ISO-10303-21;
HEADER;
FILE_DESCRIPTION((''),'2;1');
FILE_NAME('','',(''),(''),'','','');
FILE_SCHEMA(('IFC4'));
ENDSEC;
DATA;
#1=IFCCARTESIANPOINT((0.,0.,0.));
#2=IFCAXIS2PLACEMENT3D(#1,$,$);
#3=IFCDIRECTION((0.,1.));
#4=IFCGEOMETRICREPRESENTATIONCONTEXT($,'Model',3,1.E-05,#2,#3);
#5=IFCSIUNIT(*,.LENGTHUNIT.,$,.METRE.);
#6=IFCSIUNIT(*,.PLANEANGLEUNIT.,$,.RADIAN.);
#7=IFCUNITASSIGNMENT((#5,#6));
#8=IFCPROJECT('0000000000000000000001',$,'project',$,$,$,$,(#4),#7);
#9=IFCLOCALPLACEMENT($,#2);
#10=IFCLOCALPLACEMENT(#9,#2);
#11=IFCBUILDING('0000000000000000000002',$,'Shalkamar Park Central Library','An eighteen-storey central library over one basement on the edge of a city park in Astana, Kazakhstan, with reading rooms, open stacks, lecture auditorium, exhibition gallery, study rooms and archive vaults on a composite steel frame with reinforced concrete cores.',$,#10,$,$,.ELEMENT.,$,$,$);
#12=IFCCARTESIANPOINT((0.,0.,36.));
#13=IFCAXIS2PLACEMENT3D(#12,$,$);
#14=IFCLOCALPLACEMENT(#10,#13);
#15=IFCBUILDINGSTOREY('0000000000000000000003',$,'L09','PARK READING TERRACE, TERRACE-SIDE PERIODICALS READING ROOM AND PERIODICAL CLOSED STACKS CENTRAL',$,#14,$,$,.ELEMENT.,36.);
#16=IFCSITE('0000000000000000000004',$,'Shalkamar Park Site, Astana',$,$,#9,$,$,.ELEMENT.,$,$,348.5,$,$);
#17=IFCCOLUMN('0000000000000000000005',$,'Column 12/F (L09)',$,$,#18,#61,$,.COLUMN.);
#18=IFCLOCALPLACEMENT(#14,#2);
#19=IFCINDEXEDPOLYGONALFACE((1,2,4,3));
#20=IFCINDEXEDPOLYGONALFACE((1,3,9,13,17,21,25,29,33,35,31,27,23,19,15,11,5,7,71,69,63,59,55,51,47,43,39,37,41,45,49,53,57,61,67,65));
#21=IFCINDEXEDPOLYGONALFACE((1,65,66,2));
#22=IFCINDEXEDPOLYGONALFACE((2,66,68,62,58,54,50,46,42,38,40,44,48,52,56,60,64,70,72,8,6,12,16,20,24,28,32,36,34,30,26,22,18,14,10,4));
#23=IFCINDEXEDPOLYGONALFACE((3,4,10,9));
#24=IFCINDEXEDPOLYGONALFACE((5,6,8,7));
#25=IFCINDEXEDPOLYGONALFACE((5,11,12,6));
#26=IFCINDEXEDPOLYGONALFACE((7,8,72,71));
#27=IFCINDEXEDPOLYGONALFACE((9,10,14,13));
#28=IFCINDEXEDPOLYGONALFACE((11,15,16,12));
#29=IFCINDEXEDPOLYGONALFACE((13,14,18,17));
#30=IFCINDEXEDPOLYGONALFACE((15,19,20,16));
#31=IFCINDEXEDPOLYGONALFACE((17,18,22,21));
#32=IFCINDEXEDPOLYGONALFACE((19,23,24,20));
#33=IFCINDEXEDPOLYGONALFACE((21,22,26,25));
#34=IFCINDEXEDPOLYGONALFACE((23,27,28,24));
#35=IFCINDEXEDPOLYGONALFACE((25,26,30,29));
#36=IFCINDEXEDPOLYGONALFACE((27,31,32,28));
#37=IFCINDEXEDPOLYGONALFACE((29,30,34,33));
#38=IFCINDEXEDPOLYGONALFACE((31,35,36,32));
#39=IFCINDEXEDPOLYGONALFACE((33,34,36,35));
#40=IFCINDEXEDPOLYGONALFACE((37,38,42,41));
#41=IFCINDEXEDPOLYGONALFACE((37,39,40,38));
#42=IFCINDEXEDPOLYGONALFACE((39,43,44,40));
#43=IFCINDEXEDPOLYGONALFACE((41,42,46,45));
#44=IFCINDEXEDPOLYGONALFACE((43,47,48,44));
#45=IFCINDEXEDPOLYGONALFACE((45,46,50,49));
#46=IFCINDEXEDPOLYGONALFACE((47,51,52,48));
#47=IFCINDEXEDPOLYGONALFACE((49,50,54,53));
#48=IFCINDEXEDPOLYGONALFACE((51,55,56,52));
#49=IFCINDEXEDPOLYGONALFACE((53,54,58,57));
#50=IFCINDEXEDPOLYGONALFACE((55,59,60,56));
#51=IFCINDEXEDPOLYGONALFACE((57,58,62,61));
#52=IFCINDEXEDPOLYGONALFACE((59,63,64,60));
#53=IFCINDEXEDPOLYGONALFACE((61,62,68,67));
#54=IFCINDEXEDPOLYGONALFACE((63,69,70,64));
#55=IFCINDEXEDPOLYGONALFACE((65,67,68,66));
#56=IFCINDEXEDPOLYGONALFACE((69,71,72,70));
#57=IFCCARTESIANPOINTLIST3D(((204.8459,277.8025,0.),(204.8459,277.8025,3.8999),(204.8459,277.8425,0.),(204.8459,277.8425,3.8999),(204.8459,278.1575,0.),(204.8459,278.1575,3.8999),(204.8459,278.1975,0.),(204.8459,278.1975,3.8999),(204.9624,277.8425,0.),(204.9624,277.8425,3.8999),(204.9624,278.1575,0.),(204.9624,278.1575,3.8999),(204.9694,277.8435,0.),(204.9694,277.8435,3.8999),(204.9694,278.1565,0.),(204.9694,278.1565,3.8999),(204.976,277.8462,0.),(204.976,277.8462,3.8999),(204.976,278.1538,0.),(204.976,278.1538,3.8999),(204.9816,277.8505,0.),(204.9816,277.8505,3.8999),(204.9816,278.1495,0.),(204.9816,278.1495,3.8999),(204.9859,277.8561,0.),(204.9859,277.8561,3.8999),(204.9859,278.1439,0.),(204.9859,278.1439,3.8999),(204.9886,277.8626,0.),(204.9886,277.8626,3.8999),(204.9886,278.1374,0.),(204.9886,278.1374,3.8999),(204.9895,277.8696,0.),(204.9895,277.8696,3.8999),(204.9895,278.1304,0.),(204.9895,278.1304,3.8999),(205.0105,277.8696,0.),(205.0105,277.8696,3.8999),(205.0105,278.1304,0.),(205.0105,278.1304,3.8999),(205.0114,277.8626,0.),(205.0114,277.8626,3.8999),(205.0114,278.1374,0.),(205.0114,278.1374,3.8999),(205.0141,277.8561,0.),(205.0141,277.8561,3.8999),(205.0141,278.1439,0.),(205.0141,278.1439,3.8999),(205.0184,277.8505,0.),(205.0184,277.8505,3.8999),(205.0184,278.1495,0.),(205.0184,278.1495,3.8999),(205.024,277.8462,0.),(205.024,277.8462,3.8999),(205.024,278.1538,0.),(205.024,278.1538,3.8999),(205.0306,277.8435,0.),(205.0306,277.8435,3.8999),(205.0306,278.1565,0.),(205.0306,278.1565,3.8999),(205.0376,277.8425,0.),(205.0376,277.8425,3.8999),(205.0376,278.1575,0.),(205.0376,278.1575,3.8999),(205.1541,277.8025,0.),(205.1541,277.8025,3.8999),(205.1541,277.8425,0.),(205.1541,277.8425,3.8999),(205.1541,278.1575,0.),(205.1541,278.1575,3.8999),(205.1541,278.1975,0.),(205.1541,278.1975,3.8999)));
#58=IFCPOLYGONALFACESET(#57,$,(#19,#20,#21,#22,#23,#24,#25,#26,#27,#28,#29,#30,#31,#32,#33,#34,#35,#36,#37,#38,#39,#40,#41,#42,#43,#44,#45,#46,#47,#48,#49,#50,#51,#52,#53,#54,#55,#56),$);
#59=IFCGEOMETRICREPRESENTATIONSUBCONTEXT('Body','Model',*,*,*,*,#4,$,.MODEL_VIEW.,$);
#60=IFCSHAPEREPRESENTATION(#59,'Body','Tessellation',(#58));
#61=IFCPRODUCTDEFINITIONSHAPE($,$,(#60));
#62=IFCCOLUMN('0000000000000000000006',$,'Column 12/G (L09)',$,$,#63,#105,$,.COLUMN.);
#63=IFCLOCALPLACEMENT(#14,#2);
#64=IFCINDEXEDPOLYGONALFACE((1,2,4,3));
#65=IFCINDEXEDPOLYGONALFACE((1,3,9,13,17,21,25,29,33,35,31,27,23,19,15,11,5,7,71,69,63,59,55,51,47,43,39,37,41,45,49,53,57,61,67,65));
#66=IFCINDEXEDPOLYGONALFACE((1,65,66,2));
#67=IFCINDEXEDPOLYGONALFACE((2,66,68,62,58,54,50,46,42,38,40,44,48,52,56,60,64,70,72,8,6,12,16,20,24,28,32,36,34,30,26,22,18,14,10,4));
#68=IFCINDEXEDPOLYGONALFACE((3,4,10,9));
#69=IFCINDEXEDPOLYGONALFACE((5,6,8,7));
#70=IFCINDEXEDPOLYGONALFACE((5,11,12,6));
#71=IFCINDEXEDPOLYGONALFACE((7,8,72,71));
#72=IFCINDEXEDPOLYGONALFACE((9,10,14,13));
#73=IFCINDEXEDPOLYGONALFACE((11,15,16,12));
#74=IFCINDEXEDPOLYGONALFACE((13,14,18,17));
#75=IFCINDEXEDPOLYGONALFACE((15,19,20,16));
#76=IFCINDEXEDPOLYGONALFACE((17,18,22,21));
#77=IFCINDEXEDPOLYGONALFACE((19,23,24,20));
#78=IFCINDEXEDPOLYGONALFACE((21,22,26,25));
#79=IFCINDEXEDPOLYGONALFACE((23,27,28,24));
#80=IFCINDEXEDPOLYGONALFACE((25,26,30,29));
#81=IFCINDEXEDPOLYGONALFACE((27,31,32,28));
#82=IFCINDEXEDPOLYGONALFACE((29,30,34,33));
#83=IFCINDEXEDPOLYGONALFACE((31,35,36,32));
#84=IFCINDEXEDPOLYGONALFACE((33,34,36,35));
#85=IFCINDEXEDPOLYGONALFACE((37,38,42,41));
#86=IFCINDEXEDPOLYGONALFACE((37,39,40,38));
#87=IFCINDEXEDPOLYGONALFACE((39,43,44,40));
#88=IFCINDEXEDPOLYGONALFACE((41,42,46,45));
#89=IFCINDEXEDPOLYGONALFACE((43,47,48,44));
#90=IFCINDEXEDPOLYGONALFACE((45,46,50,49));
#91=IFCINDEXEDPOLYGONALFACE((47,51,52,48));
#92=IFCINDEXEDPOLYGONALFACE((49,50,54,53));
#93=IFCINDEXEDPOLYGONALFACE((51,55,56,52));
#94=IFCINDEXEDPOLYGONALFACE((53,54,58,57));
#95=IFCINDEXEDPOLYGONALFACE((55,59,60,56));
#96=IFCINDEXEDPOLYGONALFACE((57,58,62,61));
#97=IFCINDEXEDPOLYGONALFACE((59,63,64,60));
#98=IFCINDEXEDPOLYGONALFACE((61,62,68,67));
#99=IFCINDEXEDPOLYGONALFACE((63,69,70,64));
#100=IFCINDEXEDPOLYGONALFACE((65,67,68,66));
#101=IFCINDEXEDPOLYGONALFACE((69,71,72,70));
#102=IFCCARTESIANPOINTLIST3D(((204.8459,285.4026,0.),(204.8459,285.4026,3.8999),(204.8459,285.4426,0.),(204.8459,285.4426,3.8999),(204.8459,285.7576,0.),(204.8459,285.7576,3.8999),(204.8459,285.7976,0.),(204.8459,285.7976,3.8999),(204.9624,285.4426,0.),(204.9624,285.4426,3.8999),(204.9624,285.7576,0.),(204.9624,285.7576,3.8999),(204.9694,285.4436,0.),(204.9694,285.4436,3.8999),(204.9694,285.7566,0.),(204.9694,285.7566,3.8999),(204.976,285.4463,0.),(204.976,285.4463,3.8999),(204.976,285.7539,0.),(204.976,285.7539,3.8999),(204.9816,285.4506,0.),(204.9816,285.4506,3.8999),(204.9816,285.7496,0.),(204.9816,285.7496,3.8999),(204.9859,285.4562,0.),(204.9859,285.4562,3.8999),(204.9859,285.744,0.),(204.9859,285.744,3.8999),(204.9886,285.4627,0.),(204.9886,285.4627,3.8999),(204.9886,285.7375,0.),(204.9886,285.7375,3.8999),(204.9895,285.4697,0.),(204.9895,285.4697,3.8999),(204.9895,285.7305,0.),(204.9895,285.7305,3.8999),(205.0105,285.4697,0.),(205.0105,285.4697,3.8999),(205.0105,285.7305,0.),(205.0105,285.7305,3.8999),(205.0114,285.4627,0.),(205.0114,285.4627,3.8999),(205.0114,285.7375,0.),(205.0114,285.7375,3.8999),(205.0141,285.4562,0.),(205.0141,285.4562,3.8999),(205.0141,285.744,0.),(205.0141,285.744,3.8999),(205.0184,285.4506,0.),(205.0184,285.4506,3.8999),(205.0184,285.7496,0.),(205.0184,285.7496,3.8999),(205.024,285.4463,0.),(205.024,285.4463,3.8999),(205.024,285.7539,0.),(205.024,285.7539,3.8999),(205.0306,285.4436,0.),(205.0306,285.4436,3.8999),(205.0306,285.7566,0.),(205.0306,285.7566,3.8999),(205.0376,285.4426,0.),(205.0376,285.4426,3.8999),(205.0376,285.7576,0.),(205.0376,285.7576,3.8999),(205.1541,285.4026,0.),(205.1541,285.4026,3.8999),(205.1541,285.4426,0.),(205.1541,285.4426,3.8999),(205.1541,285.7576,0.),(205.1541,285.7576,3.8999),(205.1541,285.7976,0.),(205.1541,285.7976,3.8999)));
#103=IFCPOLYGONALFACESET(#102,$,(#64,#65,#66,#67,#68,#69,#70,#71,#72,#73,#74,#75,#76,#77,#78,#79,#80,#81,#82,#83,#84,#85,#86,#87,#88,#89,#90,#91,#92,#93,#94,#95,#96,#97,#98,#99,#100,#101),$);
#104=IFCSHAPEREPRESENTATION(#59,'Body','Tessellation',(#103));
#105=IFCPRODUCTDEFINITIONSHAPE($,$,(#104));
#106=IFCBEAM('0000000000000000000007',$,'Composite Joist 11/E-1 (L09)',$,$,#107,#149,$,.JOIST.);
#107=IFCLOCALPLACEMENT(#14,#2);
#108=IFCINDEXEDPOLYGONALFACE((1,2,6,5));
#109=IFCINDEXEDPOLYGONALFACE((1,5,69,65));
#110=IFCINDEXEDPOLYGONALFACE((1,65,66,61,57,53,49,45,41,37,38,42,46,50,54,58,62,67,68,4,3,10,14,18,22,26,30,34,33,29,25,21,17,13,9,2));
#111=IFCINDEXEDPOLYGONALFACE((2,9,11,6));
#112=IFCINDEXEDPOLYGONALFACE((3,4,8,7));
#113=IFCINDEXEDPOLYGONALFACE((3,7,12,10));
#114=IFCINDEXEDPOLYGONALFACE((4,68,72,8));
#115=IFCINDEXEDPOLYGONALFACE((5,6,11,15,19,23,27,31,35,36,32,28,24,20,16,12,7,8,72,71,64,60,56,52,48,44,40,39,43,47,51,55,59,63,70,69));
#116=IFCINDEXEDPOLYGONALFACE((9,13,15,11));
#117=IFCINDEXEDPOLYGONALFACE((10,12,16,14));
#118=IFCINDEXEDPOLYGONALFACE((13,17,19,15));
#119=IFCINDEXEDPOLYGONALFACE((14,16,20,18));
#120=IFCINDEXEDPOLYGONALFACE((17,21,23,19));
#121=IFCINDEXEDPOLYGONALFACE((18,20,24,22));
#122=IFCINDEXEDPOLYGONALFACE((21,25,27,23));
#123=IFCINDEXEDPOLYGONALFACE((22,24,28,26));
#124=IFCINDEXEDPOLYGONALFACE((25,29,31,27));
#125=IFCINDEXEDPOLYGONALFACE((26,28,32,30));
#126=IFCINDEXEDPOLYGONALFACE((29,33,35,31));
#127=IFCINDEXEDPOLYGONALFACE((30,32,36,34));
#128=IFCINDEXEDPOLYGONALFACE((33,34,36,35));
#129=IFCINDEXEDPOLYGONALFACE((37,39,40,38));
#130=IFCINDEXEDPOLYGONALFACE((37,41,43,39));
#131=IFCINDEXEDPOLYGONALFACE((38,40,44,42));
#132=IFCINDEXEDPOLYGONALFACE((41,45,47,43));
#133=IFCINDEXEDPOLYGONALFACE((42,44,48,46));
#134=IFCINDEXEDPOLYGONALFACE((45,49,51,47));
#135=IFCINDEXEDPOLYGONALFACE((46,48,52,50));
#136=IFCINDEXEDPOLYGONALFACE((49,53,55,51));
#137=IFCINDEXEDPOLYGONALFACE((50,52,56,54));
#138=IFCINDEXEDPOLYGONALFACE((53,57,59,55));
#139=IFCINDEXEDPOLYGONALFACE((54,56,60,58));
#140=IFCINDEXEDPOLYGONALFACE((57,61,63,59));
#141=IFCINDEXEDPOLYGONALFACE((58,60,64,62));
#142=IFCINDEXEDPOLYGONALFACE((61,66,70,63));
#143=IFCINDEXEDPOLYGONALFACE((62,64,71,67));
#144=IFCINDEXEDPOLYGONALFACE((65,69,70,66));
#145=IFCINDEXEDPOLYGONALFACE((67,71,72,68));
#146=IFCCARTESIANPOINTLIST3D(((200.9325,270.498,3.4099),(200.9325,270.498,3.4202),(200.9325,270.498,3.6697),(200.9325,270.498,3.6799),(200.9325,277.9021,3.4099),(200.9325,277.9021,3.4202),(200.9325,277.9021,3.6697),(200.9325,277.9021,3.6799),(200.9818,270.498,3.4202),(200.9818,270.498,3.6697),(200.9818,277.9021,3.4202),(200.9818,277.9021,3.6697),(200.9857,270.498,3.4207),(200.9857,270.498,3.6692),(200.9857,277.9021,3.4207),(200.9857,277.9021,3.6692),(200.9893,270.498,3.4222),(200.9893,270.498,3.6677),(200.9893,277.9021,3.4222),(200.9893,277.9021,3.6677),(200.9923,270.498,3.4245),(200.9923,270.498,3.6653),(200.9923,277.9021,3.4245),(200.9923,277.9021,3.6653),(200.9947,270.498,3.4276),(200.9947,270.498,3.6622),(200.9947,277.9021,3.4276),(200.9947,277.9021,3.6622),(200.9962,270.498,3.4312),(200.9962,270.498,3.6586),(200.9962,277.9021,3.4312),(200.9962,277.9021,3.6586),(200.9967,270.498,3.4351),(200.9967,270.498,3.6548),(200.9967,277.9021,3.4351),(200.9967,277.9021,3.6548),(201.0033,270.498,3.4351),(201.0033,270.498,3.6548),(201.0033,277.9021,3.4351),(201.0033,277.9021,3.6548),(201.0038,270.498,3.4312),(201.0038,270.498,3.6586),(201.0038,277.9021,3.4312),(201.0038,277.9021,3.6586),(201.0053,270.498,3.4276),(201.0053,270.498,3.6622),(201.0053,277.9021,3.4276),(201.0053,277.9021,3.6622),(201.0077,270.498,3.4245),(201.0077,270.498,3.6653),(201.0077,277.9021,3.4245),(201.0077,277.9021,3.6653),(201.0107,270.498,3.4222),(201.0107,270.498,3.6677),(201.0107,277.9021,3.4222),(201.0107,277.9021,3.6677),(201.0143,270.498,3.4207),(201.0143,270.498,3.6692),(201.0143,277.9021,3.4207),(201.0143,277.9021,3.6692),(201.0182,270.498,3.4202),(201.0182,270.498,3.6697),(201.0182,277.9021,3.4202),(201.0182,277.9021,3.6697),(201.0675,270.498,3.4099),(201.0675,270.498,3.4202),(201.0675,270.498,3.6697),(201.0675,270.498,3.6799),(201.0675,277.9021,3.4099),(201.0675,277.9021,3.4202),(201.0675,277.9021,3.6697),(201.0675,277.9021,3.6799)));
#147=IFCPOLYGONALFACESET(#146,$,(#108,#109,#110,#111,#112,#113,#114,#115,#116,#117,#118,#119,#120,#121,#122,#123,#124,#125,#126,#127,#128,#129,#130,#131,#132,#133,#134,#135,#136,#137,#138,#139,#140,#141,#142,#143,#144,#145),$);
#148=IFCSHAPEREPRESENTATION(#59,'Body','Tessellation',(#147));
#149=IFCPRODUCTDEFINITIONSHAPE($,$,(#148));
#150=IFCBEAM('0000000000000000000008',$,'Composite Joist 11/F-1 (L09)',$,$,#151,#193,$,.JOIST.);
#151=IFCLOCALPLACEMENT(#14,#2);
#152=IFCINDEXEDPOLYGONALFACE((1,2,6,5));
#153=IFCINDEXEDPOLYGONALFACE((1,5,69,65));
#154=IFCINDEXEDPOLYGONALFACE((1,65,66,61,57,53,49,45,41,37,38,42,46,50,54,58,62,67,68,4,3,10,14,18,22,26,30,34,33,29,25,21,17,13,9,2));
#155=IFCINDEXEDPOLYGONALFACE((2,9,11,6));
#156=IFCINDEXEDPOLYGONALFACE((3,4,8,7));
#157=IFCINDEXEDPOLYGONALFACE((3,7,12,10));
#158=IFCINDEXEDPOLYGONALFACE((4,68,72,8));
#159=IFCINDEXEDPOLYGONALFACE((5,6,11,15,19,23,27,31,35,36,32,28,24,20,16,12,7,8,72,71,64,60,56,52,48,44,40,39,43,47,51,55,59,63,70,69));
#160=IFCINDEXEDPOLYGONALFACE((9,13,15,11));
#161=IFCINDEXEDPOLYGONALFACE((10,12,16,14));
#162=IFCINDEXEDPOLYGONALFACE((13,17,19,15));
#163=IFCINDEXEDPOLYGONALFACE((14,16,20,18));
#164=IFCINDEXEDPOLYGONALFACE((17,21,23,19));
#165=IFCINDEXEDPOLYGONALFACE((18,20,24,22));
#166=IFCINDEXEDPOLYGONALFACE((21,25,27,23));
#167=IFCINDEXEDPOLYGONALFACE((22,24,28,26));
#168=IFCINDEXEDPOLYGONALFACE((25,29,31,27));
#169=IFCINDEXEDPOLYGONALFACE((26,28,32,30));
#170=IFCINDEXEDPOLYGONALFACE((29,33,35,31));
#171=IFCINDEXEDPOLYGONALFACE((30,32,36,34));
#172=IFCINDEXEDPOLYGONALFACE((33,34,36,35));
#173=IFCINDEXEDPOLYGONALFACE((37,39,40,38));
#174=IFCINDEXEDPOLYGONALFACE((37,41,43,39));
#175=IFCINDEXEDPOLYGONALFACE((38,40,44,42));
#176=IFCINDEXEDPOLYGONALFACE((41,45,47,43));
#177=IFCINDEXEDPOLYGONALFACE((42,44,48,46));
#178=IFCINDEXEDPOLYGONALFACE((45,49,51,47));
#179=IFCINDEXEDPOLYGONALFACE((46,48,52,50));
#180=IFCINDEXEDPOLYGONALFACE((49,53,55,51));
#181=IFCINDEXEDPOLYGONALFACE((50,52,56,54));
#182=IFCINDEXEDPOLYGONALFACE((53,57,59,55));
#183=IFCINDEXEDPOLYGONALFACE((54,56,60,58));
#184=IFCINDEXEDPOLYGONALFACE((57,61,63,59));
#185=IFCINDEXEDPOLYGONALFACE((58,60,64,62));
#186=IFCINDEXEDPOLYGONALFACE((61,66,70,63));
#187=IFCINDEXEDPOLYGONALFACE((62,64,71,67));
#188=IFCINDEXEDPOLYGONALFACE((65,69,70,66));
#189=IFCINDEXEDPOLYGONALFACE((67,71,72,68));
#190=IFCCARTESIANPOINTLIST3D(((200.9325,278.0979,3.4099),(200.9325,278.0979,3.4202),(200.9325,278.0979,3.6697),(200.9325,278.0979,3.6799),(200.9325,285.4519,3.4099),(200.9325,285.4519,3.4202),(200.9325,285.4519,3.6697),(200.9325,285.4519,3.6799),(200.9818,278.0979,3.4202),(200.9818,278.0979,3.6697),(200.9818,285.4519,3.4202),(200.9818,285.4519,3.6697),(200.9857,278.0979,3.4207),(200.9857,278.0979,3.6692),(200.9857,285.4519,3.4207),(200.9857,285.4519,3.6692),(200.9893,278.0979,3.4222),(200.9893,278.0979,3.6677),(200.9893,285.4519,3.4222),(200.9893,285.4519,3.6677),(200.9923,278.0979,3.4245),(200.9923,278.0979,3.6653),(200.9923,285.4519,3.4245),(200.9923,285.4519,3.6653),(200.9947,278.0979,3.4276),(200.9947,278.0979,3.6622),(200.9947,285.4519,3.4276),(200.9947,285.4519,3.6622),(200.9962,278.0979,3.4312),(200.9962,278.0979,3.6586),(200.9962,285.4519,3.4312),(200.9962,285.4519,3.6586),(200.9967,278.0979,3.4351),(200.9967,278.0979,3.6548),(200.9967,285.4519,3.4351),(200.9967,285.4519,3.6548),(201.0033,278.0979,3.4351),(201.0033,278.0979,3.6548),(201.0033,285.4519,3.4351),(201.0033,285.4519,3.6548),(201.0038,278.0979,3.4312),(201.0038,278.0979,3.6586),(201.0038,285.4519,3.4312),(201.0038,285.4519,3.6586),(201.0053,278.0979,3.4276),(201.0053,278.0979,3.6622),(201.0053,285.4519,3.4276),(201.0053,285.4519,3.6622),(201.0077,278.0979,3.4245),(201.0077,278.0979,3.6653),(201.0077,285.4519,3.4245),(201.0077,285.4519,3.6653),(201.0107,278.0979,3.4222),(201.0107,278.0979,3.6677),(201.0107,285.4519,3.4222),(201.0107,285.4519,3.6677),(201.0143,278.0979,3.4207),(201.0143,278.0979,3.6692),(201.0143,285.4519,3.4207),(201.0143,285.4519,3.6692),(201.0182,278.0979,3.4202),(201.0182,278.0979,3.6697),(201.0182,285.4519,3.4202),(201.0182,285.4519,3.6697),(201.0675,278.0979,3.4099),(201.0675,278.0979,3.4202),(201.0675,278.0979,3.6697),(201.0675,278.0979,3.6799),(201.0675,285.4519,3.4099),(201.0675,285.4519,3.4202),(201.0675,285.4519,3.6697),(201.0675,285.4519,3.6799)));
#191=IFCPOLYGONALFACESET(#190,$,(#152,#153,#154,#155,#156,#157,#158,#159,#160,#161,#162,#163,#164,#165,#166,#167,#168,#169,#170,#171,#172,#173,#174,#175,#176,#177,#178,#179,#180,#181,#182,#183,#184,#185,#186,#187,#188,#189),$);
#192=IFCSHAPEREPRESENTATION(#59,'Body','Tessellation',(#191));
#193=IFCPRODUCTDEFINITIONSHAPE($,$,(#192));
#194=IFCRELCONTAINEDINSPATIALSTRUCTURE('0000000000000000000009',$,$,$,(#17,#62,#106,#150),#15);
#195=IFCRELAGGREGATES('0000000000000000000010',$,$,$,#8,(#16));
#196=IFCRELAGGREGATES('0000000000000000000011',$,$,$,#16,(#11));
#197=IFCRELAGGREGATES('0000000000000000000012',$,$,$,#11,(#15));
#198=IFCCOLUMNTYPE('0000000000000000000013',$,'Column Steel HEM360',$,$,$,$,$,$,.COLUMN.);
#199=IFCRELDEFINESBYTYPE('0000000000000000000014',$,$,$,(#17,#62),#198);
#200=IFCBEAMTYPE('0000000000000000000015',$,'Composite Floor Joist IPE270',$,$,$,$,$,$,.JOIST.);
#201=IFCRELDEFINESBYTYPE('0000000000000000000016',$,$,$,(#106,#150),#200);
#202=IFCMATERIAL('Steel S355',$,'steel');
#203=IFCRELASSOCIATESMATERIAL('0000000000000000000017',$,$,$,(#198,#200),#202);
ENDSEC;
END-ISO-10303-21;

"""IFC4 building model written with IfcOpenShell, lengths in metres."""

from ifc_helpers import new_model, si_unit, direction, frame, origin, origin_2d, place, context, subcontext, project, spatial, i_section, extrude, material, material_profile, profile_set, type_object, element, save


model = new_model("IFC4")

# Units and contexts
model_context = context("Model", 3, precision=1e-05, world=origin(), true_north=direction((0.0, 1.0)))
body_context = subcontext(model_context, "Body", "Model", "MODEL_VIEW")
ifc_project = project(units=[si_unit("LENGTHUNIT", "METRE"), si_unit("PLANEANGLEUNIT", "RADIAN")], contexts=[model_context])

# Site, building, storey
site_placement = place(None, origin())
site = spatial("IfcSite", under=ifc_project, at=site_placement, Name="Shalkamar Park Site, Astana", CompositionType="ELEMENT", RefElevation=348.5)
building_placement = place(site_placement, origin())
building = spatial("IfcBuilding", under=site, at=building_placement, Name="Shalkamar Park Central Library", Description="An eighteen-storey central library over one basement on the edge of a city park in Astana, Kazakhstan, with reading rooms, open stacks, lecture auditorium, exhibition gallery, study rooms and archive vaults on a composite steel frame with reinforced concrete cores.", CompositionType="ELEMENT")
storey_placement = place(building_placement, frame((0.0, 0.0, 36.0)))
storey = spatial("IfcBuildingStorey", under=building, at=storey_placement, Name="L09", Description="PARK READING TERRACE, TERRACE-SIDE PERIODICALS READING ROOM AND PERIODICAL CLOSED STACKS CENTRAL", CompositionType="ELEMENT", Elevation=36.0)

# Columns
ifc_material_1 = material(Name="Steel S355", Category="steel")
ifc_material_profile_1 = material_profile(ifc_material_1, i_section(OverallWidth=0.3081, OverallDepth=0.395, WebThickness=0.021, FlangeThickness=0.04, FilletRadius=0.0271, at=origin_2d()), Name="HEM 360")
ifc_profile_set_1 = profile_set([ifc_material_profile_1], Name="Steel S355")
column_type = type_object("IfcColumnType", Name="Column Steel HEM360", PredefinedType="COLUMN", material=ifc_profile_set_1)
for number, where, z_axis, x_axis, name in (
    (1, (205.0, 278.0, 0.0), (0.0, 0.0, 1.0), (1.0, 0.0, 0.0), "Column 12/F (L09)"),
    (2, (205.0, 285.6001, 0.0), (0.0, 0.0, 1.0), (1.0, 0.0, 0.0), "Column 12/G (L09)"),
):
    element("IfcColumn", number, at=place(storey_placement, frame(where, z_axis=z_axis, x_axis=x_axis)), inside=storey, type_object=column_type, Name=name, PredefinedType="COLUMN", context=body_context, shape_type="SweptSolid", body=[
        extrude(i_section(OverallWidth=0.3081, OverallDepth=0.395, WebThickness=0.021, FlangeThickness=0.04, FilletRadius=0.0271, at=origin_2d()), origin(), (0.0, 0.0, 1.0), 3.8999),
    ])

# Beams
ifc_material_profile_2 = material_profile(ifc_material_1, i_section(OverallWidth=0.135, OverallDepth=0.27, WebThickness=0.0066, FlangeThickness=0.0103, FilletRadius=0.0149, at=origin_2d()), Name="IPE 270")
ifc_profile_set_2 = profile_set([ifc_material_profile_2], Name="Steel S355")
beam_type_1 = type_object("IfcBeamType", Name="Composite Floor Joist IPE270", PredefinedType="JOIST", material=ifc_profile_set_2)
beam_1_placement = place(storey_placement, frame((201.0, 270.498, 3.5449), z_axis=(0.0, 1.0, 0.0), x_axis=(-1.0, 0.0, 0.0)))
element("IfcBeam", 3, at=beam_1_placement, inside=storey, type_object=beam_type_1, Name="Composite Joist 11/E-1 (L09)", PredefinedType="JOIST", context=body_context, shape_type="SweptSolid", body=[
    extrude(i_section(OverallWidth=0.135, OverallDepth=0.27, WebThickness=0.0066, FlangeThickness=0.0103, FilletRadius=0.0149, at=origin_2d()), origin(), (0.0, 0.0, 1.0), 7.4041),
])
beam_2_placement = place(storey_placement, frame((201.0, 278.0979, 3.5449), z_axis=(0.0, 1.0, 0.0), x_axis=(-1.0, 0.0, 0.0)))
element("IfcBeam", 4, at=beam_2_placement, inside=storey, type_object=beam_type_1, Name="Composite Joist 11/F-1 (L09)", PredefinedType="JOIST", context=body_context, shape_type="SweptSolid", body=[
    extrude(i_section(OverallWidth=0.135, OverallDepth=0.27, WebThickness=0.0066, FlangeThickness=0.0103, FilletRadius=0.0149, at=origin_2d()), origin(), (0.0, 0.0, 1.0), 7.354),
])

save(model, "model.ifc")
